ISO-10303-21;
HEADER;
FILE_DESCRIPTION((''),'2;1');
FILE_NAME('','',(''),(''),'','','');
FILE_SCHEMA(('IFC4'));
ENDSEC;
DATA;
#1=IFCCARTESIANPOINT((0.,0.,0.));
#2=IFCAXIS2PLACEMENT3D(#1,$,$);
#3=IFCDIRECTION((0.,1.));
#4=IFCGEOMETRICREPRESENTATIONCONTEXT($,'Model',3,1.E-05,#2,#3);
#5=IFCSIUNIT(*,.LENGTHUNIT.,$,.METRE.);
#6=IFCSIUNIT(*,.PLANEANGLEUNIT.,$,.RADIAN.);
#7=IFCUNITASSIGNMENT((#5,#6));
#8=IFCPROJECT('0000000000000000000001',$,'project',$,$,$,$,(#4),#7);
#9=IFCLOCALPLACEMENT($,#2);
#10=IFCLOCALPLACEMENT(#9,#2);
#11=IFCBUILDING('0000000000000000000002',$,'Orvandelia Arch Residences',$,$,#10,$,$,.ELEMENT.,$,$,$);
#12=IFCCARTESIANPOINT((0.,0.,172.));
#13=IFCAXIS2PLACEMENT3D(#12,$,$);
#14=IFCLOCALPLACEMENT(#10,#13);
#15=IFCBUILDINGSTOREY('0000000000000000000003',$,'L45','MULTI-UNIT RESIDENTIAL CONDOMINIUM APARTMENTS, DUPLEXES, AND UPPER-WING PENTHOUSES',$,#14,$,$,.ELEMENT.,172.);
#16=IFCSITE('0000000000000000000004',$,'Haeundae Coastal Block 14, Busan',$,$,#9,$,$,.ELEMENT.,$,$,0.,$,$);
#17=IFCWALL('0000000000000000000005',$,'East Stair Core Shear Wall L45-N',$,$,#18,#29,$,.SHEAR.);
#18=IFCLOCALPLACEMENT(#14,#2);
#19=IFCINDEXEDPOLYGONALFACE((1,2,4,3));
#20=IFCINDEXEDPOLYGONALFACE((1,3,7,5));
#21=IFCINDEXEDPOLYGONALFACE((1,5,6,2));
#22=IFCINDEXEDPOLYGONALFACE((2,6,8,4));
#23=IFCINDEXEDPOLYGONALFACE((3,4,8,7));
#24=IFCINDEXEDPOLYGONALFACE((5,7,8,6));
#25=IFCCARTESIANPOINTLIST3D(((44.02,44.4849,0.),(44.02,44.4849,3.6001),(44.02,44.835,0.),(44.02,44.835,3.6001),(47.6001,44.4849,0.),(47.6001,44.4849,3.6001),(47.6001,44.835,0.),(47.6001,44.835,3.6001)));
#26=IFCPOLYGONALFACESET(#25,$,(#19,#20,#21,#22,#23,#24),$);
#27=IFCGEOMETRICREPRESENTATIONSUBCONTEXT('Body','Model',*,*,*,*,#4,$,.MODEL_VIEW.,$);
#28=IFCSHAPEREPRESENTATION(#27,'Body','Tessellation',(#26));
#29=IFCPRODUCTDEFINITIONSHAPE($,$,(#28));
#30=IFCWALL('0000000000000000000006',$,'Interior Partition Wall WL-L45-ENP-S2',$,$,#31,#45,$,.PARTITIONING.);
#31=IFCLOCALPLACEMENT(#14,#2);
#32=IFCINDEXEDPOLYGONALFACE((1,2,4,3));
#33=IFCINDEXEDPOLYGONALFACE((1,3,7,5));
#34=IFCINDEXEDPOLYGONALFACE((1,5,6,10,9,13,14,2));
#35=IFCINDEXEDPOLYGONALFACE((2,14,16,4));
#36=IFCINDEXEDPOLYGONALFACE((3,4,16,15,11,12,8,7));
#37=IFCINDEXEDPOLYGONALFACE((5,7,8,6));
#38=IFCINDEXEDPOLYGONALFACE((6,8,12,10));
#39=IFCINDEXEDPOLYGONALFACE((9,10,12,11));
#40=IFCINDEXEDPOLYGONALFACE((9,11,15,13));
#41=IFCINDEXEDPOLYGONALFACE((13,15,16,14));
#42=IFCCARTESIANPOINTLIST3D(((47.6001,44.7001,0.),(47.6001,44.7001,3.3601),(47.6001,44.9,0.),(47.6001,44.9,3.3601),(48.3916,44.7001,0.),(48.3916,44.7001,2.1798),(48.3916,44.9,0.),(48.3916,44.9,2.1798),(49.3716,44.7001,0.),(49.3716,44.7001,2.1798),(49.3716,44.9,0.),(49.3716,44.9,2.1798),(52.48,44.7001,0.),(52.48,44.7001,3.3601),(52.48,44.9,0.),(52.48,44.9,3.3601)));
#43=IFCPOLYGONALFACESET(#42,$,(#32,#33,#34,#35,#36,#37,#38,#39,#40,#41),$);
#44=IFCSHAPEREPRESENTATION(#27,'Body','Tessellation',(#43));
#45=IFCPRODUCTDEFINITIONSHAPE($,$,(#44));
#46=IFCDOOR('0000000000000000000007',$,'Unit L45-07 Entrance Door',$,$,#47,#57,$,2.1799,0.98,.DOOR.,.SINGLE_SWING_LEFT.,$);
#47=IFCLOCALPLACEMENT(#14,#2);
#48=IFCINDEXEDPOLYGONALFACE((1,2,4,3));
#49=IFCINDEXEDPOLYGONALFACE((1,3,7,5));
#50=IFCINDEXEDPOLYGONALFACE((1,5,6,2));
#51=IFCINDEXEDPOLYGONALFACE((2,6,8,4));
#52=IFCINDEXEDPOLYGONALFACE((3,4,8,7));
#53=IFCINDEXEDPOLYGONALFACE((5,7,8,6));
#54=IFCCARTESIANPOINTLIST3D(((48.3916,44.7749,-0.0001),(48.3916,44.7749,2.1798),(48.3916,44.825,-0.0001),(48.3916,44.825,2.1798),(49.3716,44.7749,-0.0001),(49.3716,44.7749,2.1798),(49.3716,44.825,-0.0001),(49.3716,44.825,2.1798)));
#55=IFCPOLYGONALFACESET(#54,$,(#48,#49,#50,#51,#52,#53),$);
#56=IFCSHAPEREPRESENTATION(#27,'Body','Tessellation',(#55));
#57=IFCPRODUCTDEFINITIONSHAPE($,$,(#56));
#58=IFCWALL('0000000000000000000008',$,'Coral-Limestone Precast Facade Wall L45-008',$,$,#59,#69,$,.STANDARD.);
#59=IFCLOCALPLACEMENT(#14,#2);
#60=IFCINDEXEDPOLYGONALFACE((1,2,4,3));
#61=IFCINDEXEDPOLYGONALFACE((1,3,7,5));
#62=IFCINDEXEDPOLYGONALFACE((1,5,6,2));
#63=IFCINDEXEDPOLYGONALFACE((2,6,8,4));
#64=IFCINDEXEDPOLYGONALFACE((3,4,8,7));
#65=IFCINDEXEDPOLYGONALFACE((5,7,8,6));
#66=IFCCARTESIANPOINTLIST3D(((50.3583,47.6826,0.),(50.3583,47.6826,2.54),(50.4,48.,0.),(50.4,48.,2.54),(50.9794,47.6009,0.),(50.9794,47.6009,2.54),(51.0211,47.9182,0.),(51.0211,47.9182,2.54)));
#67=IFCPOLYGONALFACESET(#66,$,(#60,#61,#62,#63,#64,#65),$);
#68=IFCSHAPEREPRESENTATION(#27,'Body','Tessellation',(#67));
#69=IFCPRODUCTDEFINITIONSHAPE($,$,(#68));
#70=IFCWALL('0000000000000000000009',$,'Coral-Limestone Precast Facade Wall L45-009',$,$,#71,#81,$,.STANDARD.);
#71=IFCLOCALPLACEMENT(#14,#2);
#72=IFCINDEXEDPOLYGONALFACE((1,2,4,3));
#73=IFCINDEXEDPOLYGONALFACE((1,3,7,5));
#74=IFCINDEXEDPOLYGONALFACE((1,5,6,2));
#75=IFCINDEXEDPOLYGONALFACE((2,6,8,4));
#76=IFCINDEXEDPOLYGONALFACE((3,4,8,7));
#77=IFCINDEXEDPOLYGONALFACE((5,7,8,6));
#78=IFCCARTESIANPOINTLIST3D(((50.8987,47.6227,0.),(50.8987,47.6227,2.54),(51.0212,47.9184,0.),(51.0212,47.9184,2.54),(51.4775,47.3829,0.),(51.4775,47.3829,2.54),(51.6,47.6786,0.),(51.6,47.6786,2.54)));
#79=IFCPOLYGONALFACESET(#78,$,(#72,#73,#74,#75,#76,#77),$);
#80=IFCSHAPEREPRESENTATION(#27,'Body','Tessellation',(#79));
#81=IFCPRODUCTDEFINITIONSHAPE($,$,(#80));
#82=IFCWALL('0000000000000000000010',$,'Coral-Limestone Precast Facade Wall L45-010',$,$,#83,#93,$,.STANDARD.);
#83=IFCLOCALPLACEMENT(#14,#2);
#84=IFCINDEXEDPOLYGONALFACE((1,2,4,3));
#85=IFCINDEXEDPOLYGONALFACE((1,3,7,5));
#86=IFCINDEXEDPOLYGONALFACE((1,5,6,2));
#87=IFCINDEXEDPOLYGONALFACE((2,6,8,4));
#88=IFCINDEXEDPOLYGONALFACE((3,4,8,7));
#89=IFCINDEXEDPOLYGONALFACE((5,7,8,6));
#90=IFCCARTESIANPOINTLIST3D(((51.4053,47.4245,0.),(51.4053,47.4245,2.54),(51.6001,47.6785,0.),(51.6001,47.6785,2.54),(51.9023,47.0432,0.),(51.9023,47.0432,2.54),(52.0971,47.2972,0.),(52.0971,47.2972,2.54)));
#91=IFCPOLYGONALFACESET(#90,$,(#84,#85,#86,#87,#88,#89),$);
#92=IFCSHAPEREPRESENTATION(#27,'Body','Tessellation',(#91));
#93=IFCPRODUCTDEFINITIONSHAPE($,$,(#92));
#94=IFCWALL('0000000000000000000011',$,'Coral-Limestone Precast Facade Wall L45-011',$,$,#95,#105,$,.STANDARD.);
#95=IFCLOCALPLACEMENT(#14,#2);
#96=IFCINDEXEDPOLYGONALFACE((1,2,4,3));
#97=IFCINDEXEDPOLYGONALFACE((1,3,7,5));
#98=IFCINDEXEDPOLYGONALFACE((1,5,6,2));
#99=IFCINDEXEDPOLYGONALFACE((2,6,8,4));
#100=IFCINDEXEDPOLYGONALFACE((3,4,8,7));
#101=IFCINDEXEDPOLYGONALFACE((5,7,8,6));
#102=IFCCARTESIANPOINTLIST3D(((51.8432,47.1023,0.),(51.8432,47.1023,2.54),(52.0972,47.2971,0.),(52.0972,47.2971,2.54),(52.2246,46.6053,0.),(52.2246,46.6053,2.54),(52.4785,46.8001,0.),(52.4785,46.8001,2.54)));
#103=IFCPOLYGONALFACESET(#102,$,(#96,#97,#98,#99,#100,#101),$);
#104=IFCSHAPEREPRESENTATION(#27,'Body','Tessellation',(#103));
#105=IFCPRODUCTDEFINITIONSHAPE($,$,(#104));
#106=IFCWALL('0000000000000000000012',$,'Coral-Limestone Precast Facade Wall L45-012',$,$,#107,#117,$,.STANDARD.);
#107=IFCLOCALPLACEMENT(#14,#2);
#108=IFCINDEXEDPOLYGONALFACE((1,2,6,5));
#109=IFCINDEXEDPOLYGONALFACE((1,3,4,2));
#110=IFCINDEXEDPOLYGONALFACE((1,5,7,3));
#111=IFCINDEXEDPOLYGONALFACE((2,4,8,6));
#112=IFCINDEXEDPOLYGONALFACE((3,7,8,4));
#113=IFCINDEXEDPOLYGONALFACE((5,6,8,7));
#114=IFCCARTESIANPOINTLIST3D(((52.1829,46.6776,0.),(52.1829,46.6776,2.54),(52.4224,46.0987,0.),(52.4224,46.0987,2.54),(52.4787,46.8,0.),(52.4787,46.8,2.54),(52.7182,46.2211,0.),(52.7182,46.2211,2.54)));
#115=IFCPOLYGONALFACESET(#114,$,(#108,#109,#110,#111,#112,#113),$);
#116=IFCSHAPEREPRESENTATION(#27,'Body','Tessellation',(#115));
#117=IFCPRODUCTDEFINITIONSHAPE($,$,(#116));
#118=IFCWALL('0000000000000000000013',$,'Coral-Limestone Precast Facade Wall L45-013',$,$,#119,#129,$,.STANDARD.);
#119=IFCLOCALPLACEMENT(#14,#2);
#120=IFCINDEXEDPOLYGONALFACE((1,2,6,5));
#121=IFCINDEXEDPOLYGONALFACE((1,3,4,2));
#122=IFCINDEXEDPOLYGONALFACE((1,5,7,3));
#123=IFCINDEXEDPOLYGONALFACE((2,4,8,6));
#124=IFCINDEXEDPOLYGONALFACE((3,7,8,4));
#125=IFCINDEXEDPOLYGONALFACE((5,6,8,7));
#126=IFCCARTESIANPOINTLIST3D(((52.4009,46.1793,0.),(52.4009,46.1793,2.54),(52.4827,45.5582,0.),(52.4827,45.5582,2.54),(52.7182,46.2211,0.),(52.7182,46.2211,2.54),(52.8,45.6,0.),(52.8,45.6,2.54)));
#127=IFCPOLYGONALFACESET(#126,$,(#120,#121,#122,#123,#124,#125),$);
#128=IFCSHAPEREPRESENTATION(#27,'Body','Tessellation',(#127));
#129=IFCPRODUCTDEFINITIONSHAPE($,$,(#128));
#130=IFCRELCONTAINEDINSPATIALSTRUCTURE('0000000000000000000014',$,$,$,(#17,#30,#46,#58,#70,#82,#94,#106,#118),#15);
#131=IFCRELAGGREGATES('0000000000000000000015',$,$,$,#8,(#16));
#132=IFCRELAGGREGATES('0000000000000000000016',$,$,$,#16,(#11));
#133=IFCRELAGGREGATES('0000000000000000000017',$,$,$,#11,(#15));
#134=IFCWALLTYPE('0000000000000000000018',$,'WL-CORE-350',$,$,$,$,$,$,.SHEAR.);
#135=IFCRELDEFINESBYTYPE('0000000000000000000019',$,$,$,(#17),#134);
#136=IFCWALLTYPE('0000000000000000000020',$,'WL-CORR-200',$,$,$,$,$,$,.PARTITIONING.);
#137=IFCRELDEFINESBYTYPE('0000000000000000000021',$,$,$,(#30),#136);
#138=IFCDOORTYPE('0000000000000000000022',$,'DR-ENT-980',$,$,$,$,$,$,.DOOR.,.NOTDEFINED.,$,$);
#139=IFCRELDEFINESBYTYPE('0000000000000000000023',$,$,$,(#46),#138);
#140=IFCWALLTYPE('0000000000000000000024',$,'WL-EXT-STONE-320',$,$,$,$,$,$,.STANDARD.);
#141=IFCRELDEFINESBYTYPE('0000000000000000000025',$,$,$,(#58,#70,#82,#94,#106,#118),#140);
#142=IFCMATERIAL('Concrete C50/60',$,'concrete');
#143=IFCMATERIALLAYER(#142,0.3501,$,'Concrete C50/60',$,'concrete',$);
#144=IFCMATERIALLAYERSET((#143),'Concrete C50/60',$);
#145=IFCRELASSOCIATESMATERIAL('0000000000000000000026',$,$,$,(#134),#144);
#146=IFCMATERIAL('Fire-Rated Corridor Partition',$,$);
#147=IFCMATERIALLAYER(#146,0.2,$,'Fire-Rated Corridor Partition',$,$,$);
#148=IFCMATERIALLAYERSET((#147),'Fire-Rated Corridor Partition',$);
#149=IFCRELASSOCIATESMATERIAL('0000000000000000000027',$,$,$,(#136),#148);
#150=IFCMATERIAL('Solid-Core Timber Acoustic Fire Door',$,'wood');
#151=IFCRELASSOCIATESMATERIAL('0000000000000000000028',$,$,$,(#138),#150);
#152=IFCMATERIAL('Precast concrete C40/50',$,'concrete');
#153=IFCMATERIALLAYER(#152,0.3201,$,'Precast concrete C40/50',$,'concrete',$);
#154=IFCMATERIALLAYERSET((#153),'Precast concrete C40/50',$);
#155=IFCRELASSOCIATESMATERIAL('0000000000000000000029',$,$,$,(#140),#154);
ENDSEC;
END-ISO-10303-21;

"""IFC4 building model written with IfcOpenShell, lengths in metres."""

from ifc_helpers import new_model, si_unit, direction, frame, frame_2d, origin, place, context, subcontext, project, spatial, rectangle, extrude, material, layer, layer_set, type_object, element, fill, save


model = new_model("IFC4")

# Units and contexts
model_context = context("Model", 3, precision=1e-05, world=origin(), true_north=direction((0.0, 1.0)))
body_context = subcontext(model_context, "Body", "Model", "MODEL_VIEW")
ifc_project = project(units=[si_unit("LENGTHUNIT", "METRE"), si_unit("PLANEANGLEUNIT", "RADIAN")], contexts=[model_context])

# Site, building, storey
site_placement = place(None, origin())
site = spatial("IfcSite", under=ifc_project, at=site_placement, Name="Haeundae Coastal Block 14, Busan", CompositionType="ELEMENT", RefElevation=0.0)
building_placement = place(site_placement, origin())
building = spatial("IfcBuilding", under=site, at=building_placement, Name="Orvandelia Arch Residences", CompositionType="ELEMENT")
storey_placement = place(building_placement, frame((0.0, 0.0, 172.0)))
storey = spatial("IfcBuildingStorey", under=building, at=storey_placement, Name="L45", Description="MULTI-UNIT RESIDENTIAL CONDOMINIUM APARTMENTS, DUPLEXES, AND UPPER-WING PENTHOUSES", CompositionType="ELEMENT", Elevation=172.0)

# Wall
ifc_material_1 = material(Name="Concrete C50/60", Category="concrete")
ifc_layer_1 = layer(ifc_material_1, 0.3501, Name="Concrete C50/60", Category="concrete")
ifc_layer_set_1 = layer_set([ifc_layer_1], Name="Concrete C50/60")
wall_type_1 = type_object("IfcWallType", Name="WL-CORE-350", PredefinedType="SHEAR", material=ifc_layer_set_1)
wall_1_placement = place(storey_placement, frame((44.02, 44.6599, 0.0), z_axis=(0.0, 0.0, 1.0), x_axis=(1.0, 0.0, 0.0)))
element("IfcWall", 1, at=wall_1_placement, inside=storey, type_object=wall_type_1, Name="East Stair Core Shear Wall L45-N", PredefinedType="SHEAR", context=body_context, shape_type="SweptSolid", body=[
    extrude(rectangle(XDim=3.5801, YDim=0.3501, at=frame_2d((1.79, 0.0))), origin(), (0.0, 0.0, 1.0), 3.6001),
])

# Wall, opening, door
ifc_material_2 = material(Name="Fire-Rated Corridor Partition")
ifc_layer_2 = layer(ifc_material_2, 0.2, Name="Fire-Rated Corridor Partition")
ifc_layer_set_2 = layer_set([ifc_layer_2], Name="Fire-Rated Corridor Partition")
wall_type_2 = type_object("IfcWallType", Name="WL-CORR-200", PredefinedType="PARTITIONING", material=ifc_layer_set_2)
wall_2_placement = place(storey_placement, frame((47.6001, 44.8, 0.0), z_axis=(0.0, 0.0, 1.0), x_axis=(1.0, 0.0, 0.0)))
wall_2 = element("IfcWall", 2, at=wall_2_placement, inside=storey, type_object=wall_type_2, Name="Interior Partition Wall WL-L45-ENP-S2", PredefinedType="PARTITIONING", context=body_context, shape_type="SweptSolid", body=[
    extrude(rectangle(XDim=4.8799, YDim=0.2, at=frame_2d((2.4399, 0.0))), origin(), (0.0, 0.0, 1.0), 3.3601),
])
opening_1_placement = place(wall_2_placement, frame((0.7915, 0.0, 0.0)))
opening_1 = element("IfcOpeningElement", 3, at=opening_1_placement, cuts=wall_2, PredefinedType="OPENING", context=body_context, shape_type="SweptSolid", body=[
    extrude(rectangle(XDim=0.98, YDim=2.1799, at=frame_2d((0.49, 1.0898))), frame((0.0, 0.1099, 0.0), z_axis=(0.0, -1.0, 0.0), x_axis=(1.0, 0.0, 0.0)), (0.0, 0.0, 1.0), 0.22),
])
ifc_material_3 = material(Name="Solid-Core Timber Acoustic Fire Door", Category="wood")
door_type_1 = type_object("IfcDoorType", Name="DR-ENT-980", OperationType="NOTDEFINED", PredefinedType="DOOR", material=ifc_material_3)
door_1_placement = place(opening_1_placement, origin())
door_1 = element("IfcDoor", 4, at=door_1_placement, inside=storey, type_object=door_type_1, Name="Unit L45-07 Entrance Door", OperationType="SINGLE_SWING_LEFT", OverallHeight=2.1799, OverallWidth=0.98, PredefinedType="DOOR", context=body_context, shape_type="SweptSolid", body=[
    extrude(rectangle(XDim=0.98, YDim=2.1799, at=frame_2d((0.49, 1.0898))), frame((0.0, 0.0249, 0.0), z_axis=(0.0, -1.0, 0.0), x_axis=(1.0, 0.0, 0.0)), (0.0, 0.0, 1.0), 0.05),
])
fill(opening_1, door_1)

# Walls
ifc_material_4 = material(Name="Precast concrete C40/50", Category="concrete")
ifc_layer_3 = layer(ifc_material_4, 0.3201, Name="Precast concrete C40/50", Category="concrete")
ifc_layer_set_3 = layer_set([ifc_layer_3], Name="Precast concrete C40/50")
wall_type_3 = type_object("IfcWallType", Name="WL-EXT-STONE-320", PredefinedType="STANDARD", material=ifc_layer_set_3)
for number, where, z_axis, x_axis, name in (
    (5, (50.3792, 47.8413, 0.0), (0.0, 0.0, 1.0), (0.991441, -0.130555, 0.0), "Coral-Limestone Precast Facade Wall L45-008"),
    (6, (50.96, 47.7705, 0.0), (0.0, 0.0, 1.0), (0.923893, -0.38265, 0.0), "Coral-Limestone Precast Facade Wall L45-009"),
    (7, (51.5027, 47.5515, 0.0), (0.0, 0.0, 1.0), (0.793406, -0.608693, 0.0), "Coral-Limestone Precast Facade Wall L45-010"),
    (8, (51.9702, 47.1997, 0.0), (0.0, 0.0, 1.0), (0.608693, -0.793406, 0.0), "Coral-Limestone Precast Facade Wall L45-011"),
    (9, (52.3308, 46.7388, 0.0), (0.0, 0.0, 1.0), (0.382317, -0.924031, 0.0), "Coral-Limestone Precast Facade Wall L45-012"),
    (10, (52.5596, 46.2002, 0.0), (0.0, 0.0, 1.0), (0.130555, -0.991441, 0.0), "Coral-Limestone Precast Facade Wall L45-013"),
):
    element("IfcWall", number, at=place(storey_placement, frame(where, z_axis=z_axis, x_axis=x_axis)), inside=storey, type_object=wall_type_3, Name=name, PredefinedType="STANDARD", context=body_context, shape_type="SweptSolid", body=[
        extrude(rectangle(XDim=0.6265, YDim=0.3201, at=frame_2d((0.3132, 0.0))), origin(), (0.0, 0.0, 1.0), 2.54),
    ])

save(model, "model.ifc")
